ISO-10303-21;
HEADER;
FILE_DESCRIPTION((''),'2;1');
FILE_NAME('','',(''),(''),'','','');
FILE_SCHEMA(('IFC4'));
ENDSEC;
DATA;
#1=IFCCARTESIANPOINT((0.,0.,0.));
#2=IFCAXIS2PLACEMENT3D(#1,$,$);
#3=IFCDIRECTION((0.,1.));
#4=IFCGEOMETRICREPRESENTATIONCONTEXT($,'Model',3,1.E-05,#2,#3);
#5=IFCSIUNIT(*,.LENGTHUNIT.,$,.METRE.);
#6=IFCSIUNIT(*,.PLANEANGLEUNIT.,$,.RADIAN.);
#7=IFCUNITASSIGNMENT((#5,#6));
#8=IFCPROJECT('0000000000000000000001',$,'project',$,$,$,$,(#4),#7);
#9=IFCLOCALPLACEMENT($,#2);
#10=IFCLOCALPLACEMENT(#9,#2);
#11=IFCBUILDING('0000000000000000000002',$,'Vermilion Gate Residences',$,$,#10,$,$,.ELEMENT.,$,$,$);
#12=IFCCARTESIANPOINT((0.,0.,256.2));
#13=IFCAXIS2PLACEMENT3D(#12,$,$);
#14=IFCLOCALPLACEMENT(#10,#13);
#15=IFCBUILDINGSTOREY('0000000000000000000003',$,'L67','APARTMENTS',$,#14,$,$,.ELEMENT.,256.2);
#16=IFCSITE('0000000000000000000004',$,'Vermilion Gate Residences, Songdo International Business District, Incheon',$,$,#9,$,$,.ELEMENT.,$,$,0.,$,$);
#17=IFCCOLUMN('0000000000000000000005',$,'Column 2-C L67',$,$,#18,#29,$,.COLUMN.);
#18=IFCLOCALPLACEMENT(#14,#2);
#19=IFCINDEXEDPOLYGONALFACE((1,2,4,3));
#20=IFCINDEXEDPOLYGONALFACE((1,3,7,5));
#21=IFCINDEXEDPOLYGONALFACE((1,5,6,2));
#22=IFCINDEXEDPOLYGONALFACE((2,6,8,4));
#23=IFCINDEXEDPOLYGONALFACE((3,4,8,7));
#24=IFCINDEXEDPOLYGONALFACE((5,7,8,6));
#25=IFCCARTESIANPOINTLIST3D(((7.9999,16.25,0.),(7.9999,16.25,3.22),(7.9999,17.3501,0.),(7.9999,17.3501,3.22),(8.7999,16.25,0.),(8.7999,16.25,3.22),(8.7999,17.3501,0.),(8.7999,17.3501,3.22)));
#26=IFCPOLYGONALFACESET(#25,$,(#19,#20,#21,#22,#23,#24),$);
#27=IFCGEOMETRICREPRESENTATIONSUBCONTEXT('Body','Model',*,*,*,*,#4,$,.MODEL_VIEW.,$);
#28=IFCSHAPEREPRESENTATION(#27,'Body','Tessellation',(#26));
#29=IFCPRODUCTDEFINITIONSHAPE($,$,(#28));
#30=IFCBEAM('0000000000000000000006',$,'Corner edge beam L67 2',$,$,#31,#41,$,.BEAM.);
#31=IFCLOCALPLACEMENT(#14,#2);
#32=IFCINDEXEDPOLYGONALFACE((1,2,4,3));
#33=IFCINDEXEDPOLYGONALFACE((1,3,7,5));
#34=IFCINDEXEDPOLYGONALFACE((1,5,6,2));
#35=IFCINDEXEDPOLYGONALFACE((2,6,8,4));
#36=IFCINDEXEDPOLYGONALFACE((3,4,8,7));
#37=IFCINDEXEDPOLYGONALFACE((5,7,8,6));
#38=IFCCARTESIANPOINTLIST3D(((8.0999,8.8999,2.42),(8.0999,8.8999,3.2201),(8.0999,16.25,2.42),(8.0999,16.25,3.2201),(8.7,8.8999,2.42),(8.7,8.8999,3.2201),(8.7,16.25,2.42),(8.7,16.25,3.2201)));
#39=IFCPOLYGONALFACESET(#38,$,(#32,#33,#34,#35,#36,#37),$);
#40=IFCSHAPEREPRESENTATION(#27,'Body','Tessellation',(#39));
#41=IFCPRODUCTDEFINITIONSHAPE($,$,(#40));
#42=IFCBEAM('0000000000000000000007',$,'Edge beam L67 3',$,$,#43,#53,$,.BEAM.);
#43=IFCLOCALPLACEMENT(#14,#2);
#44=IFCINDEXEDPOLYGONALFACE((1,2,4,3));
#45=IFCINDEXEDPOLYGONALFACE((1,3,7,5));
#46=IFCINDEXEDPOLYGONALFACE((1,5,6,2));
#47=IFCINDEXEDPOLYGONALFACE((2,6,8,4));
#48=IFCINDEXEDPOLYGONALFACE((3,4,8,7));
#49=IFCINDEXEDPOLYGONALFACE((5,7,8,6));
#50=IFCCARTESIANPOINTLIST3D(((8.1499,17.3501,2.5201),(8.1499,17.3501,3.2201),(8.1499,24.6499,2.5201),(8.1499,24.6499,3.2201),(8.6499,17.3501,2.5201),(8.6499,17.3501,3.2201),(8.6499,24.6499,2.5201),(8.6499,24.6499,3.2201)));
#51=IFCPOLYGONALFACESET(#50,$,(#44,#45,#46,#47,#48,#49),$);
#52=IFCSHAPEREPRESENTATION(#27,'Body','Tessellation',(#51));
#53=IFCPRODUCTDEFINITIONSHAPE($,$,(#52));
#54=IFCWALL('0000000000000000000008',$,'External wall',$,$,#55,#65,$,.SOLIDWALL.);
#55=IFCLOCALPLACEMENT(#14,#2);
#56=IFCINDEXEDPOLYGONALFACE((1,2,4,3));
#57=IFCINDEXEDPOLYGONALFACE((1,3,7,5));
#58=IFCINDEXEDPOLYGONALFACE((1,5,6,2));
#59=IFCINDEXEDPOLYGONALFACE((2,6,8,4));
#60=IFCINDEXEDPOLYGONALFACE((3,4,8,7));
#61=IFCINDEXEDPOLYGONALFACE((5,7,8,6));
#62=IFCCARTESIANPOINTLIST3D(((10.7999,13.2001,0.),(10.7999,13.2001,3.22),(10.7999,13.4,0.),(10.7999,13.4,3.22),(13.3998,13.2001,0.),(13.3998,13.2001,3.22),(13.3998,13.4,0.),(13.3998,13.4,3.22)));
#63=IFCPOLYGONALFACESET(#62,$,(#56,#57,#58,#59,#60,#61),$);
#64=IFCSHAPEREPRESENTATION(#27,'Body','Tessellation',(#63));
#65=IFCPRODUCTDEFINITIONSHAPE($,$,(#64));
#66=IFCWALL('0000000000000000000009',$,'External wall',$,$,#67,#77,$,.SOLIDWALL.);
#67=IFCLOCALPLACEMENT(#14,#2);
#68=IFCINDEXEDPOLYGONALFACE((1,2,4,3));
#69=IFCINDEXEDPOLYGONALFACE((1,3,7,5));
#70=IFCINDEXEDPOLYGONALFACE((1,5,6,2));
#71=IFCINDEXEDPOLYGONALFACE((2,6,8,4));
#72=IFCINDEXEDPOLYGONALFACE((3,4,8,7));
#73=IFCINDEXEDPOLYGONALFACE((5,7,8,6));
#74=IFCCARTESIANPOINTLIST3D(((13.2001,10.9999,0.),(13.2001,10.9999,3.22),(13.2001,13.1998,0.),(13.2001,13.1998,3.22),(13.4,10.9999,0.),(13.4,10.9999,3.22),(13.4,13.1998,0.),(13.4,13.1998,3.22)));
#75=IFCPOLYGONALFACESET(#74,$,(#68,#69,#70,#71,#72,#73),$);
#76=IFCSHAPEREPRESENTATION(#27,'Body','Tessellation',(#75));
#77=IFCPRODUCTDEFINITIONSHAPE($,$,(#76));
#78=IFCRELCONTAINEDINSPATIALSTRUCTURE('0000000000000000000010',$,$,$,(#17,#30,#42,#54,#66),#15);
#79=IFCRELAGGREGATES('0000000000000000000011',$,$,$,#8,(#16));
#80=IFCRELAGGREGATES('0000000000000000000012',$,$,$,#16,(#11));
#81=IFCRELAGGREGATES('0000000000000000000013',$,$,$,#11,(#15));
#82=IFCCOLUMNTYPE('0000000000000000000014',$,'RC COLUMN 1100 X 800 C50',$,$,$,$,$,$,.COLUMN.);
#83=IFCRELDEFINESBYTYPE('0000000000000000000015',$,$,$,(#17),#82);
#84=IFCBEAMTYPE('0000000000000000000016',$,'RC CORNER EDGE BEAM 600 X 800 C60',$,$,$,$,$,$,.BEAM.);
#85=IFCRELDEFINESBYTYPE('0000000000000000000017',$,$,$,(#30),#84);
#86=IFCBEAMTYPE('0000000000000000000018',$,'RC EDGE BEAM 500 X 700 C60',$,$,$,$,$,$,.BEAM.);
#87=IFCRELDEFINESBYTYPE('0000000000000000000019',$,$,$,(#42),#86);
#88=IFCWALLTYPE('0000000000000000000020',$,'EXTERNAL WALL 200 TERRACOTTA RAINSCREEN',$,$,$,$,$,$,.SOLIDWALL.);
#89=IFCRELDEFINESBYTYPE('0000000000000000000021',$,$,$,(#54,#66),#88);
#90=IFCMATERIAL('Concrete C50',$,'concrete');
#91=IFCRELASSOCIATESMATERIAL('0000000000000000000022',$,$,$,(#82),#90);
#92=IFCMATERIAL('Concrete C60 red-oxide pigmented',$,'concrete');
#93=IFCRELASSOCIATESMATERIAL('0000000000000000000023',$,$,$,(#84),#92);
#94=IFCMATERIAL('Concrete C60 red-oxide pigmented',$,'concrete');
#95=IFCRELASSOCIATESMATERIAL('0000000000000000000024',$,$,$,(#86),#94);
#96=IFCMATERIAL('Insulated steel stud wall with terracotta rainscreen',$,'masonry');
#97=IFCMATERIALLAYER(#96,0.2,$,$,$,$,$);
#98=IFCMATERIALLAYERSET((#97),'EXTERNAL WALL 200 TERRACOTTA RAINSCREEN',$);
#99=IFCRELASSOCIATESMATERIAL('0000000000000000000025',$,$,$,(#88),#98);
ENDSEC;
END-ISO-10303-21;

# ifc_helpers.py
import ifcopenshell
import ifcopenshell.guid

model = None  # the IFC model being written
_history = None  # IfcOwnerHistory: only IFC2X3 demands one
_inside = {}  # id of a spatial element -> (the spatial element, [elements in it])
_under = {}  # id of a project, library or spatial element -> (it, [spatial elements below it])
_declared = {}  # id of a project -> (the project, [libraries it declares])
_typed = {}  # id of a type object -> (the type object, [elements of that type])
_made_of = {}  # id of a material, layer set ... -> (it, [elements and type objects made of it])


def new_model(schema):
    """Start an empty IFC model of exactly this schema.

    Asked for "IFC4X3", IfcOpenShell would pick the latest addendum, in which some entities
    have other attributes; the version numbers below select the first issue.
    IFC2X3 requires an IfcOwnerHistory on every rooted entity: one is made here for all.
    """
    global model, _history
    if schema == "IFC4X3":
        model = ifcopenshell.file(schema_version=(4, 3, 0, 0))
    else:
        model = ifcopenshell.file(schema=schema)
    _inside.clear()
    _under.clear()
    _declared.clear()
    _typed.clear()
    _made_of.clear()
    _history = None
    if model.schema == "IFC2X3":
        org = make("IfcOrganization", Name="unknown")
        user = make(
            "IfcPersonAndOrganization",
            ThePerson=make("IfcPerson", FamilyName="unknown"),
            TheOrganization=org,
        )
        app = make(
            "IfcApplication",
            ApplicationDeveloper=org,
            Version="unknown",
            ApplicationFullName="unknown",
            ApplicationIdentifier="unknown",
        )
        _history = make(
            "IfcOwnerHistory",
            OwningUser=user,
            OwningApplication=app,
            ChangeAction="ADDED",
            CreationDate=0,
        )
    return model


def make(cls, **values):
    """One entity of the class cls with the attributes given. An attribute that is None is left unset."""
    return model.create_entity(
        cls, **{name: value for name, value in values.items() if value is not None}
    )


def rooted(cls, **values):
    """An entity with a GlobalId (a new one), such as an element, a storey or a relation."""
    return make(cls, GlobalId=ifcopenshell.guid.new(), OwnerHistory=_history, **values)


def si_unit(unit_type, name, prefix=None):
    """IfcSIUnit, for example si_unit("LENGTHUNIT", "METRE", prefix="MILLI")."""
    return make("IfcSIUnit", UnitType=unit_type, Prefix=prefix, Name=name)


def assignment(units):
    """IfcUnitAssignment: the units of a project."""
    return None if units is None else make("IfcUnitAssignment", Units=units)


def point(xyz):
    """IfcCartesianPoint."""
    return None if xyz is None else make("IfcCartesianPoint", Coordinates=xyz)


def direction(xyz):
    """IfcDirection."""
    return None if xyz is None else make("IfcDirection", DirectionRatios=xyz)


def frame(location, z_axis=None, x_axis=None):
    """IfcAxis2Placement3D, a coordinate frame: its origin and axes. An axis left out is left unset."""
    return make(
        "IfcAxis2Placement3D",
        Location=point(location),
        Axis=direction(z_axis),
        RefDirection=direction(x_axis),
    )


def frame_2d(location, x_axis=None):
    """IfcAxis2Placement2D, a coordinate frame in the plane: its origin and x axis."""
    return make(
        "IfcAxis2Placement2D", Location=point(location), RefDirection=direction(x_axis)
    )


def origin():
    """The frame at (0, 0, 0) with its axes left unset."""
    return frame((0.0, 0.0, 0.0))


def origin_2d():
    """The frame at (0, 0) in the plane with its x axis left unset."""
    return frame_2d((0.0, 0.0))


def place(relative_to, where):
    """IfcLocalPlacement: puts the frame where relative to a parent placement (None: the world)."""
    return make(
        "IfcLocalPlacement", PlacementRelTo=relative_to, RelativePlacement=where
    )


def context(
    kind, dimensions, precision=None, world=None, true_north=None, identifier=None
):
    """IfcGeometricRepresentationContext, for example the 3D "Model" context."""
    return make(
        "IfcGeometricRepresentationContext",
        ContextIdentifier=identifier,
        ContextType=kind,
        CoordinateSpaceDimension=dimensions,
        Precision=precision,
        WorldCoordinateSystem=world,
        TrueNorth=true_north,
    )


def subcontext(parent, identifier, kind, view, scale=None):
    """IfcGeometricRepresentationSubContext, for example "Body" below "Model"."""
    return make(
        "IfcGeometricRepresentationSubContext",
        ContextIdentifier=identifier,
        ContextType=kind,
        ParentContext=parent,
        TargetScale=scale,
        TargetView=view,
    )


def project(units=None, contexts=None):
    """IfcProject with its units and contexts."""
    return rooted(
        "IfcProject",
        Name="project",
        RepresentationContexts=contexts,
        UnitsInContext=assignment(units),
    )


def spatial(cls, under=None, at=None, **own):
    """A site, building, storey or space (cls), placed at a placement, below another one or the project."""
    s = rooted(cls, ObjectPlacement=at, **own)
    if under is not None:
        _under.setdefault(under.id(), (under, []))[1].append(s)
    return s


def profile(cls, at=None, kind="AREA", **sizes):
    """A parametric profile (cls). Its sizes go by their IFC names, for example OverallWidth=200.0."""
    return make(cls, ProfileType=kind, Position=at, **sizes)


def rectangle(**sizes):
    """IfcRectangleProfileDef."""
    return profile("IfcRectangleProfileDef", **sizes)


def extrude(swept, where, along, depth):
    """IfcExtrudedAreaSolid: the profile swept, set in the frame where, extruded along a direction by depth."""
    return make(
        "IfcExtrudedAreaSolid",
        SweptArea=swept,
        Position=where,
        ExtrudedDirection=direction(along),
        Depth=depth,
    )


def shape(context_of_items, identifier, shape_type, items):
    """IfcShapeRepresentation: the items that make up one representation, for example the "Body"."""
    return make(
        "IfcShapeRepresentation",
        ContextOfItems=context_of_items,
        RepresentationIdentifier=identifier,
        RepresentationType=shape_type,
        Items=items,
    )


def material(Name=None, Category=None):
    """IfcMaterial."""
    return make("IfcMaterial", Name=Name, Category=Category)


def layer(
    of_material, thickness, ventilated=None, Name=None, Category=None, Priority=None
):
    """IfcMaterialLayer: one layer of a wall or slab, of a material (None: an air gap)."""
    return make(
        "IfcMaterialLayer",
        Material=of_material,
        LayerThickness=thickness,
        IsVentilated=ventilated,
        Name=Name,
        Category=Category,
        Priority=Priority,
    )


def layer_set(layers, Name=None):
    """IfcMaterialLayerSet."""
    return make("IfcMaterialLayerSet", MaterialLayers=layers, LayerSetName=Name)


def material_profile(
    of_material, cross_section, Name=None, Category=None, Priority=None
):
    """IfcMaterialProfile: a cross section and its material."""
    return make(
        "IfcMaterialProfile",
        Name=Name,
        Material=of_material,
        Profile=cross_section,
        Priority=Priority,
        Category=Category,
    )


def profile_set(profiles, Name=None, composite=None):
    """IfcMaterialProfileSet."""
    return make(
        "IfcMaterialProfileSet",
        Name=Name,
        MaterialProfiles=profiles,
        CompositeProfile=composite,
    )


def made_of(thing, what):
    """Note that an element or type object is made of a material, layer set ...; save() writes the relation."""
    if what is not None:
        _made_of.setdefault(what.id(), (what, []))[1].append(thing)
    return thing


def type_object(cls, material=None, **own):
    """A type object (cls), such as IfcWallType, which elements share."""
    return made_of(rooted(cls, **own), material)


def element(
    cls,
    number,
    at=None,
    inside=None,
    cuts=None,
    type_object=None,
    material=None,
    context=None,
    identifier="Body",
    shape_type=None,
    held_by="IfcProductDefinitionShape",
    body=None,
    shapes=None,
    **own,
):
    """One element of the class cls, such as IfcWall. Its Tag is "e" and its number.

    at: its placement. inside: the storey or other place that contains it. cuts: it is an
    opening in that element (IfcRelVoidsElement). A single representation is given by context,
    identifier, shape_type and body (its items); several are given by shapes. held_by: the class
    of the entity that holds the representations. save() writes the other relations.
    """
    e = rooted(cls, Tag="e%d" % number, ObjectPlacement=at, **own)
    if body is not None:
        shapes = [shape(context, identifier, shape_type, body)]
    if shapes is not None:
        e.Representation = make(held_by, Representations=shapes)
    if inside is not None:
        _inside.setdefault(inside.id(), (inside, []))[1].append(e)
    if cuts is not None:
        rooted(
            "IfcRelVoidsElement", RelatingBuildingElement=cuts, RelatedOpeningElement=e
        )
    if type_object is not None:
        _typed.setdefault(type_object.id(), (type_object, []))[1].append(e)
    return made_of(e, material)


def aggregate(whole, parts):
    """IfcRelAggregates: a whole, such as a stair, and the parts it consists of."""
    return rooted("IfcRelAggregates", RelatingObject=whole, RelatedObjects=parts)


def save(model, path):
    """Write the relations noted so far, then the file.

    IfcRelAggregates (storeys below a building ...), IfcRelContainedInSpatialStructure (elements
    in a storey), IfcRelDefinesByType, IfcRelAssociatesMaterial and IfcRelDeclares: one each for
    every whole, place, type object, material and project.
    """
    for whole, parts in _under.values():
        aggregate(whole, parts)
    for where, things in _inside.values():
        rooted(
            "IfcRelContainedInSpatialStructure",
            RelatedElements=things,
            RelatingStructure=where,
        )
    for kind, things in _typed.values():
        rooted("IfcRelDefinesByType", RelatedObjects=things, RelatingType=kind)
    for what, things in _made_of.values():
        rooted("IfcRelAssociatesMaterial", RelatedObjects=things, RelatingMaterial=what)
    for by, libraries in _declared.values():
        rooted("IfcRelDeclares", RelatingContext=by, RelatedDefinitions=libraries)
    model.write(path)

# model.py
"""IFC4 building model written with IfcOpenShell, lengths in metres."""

from ifc_helpers import new_model, si_unit, direction, frame, frame_2d, origin, origin_2d, place, context, subcontext, project, spatial, rectangle, extrude, material, layer, layer_set, material_profile, profile_set, type_object, element, save


model = new_model("IFC4")

# Units and contexts
model_context = context("Model", 3, precision=1e-05, world=origin(), true_north=direction((0.0, 1.0)))
body_context = subcontext(model_context, "Body", "Model", "MODEL_VIEW")
ifc_project = project(units=[si_unit("LENGTHUNIT", "METRE"), si_unit("PLANEANGLEUNIT", "RADIAN")], contexts=[model_context])

# Site, building, storey
site_placement = place(None, origin())
site = spatial("IfcSite", under=ifc_project, at=site_placement, Name="Vermilion Gate Residences, Songdo International Business District, Incheon", CompositionType="ELEMENT", RefElevation=0.0)
building_placement = place(site_placement, origin())
building = spatial("IfcBuilding", under=site, at=building_placement, Name="Vermilion Gate Residences", CompositionType="ELEMENT")
storey_placement = place(building_placement, frame((0.0, 0.0, 256.2)))
storey = spatial("IfcBuildingStorey", under=building, at=storey_placement, Name="L67", Description="APARTMENTS", CompositionType="ELEMENT", Elevation=256.2)

# Column
ifc_material_1 = material(Name="Concrete C50", Category="concrete")
ifc_material_profile_1 = material_profile(ifc_material_1, rectangle(XDim=1.1001, YDim=0.8, at=origin_2d()), Name="RC-1100x800")
ifc_profile_set_1 = profile_set([ifc_material_profile_1], Name="Concrete C50")
column_type = type_object("IfcColumnType", Name="RC COLUMN 1100 X 800 C50", PredefinedType="COLUMN", material=ifc_profile_set_1)
column_placement = place(storey_placement, frame((8.3999, 16.8, 0.0), z_axis=(0.0, 0.0, 1.0), x_axis=(0.0, 1.0, 0.0)))
element("IfcColumn", 1, at=column_placement, inside=storey, type_object=column_type, Name="Column 2-C L67", PredefinedType="COLUMN", context=body_context, shape_type="SweptSolid", body=[
    extrude(rectangle(XDim=1.1001, YDim=0.8, at=origin_2d()), origin(), (0.0, 0.0, 1.0), 3.22),
])

# Beams
ifc_material_2 = material(Name="Concrete C60 red-oxide pigmented", Category="concrete")
ifc_material_profile_2 = material_profile(ifc_material_2, rectangle(XDim=0.6001, YDim=0.8, at=origin_2d()), Name="RC-600x800")
ifc_profile_set_2 = profile_set([ifc_material_profile_2], Name="Concrete C60 red-oxide pigmented")
beam_type_1 = type_object("IfcBeamType", Name="RC CORNER EDGE BEAM 600 X 800 C60", PredefinedType="BEAM", material=ifc_profile_set_2)
beam_1_placement = place(storey_placement, frame((8.3999, 8.8999, 2.8201), z_axis=(0.0, 1.0, 0.0), x_axis=(-1.0, 0.0, 0.0)))
element("IfcBeam", 2, at=beam_1_placement, inside=storey, type_object=beam_type_1, Name="Corner edge beam L67 2", PredefinedType="BEAM", context=body_context, shape_type="SweptSolid", body=[
    extrude(rectangle(XDim=0.6001, YDim=0.8, at=origin_2d()), origin(), (0.0, 0.0, 1.0), 7.3501),
])
ifc_material_3 = material(Name="Concrete C60 red-oxide pigmented", Category="concrete")
ifc_material_profile_3 = material_profile(ifc_material_3, rectangle(XDim=0.5, YDim=0.7, at=origin_2d()), Name="RC-500x700")
ifc_profile_set_3 = profile_set([ifc_material_profile_3], Name="Concrete C60 red-oxide pigmented")
beam_type_2 = type_object("IfcBeamType", Name="RC EDGE BEAM 500 X 700 C60", PredefinedType="BEAM", material=ifc_profile_set_3)
beam_2_placement = place(storey_placement, frame((8.3999, 17.3501, 2.8701), z_axis=(0.0, 1.0, 0.0), x_axis=(-1.0, 0.0, 0.0)))
element("IfcBeam", 3, at=beam_2_placement, inside=storey, type_object=beam_type_2, Name="Edge beam L67 3", PredefinedType="BEAM", context=body_context, shape_type="SweptSolid", body=[
    extrude(rectangle(XDim=0.5, YDim=0.7, at=origin_2d()), origin(), (0.0, 0.0, 1.0), 7.2998),
])

# Walls
ifc_material_4 = material(Name="Insulated steel stud wall with terracotta rainscreen", Category="masonry")
ifc_layer_1 = layer(ifc_material_4, 0.2)
ifc_layer_set_1 = layer_set([ifc_layer_1], Name="EXTERNAL WALL 200 TERRACOTTA RAINSCREEN")
wall_type_1 = type_object("IfcWallType", Name="EXTERNAL WALL 200 TERRACOTTA RAINSCREEN", PredefinedType="SOLIDWALL", material=ifc_layer_set_1)
wall_1_placement = place(storey_placement, frame((10.8, 13.3, 0.0), z_axis=(0.0, 0.0, 1.0), x_axis=(1.0, 0.0, 0.0)))
element("IfcWall", 4, at=wall_1_placement, inside=storey, type_object=wall_type_1, Name="External wall", PredefinedType="SOLIDWALL", context=body_context, shape_type="SweptSolid", body=[
    extrude(rectangle(XDim=2.5999, YDim=0.2, at=frame_2d((1.2998, 0.0))), origin(), (0.0, 0.0, 1.0), 3.22),
])
wall_2_placement = place(storey_placement, frame((13.3, 13.2, 0.0), z_axis=(0.0, 0.0, 1.0), x_axis=(0.0, -1.0, 0.0)))
element("IfcWall", 5, at=wall_2_placement, inside=storey, type_object=wall_type_1, Name="External wall", PredefinedType="SOLIDWALL", context=body_context, shape_type="SweptSolid", body=[
    extrude(rectangle(XDim=2.2, YDim=0.2, at=frame_2d((1.1001, 0.0))), origin(), (0.0, 0.0, 1.0), 3.22),
])

save(model, "model.ifc")
